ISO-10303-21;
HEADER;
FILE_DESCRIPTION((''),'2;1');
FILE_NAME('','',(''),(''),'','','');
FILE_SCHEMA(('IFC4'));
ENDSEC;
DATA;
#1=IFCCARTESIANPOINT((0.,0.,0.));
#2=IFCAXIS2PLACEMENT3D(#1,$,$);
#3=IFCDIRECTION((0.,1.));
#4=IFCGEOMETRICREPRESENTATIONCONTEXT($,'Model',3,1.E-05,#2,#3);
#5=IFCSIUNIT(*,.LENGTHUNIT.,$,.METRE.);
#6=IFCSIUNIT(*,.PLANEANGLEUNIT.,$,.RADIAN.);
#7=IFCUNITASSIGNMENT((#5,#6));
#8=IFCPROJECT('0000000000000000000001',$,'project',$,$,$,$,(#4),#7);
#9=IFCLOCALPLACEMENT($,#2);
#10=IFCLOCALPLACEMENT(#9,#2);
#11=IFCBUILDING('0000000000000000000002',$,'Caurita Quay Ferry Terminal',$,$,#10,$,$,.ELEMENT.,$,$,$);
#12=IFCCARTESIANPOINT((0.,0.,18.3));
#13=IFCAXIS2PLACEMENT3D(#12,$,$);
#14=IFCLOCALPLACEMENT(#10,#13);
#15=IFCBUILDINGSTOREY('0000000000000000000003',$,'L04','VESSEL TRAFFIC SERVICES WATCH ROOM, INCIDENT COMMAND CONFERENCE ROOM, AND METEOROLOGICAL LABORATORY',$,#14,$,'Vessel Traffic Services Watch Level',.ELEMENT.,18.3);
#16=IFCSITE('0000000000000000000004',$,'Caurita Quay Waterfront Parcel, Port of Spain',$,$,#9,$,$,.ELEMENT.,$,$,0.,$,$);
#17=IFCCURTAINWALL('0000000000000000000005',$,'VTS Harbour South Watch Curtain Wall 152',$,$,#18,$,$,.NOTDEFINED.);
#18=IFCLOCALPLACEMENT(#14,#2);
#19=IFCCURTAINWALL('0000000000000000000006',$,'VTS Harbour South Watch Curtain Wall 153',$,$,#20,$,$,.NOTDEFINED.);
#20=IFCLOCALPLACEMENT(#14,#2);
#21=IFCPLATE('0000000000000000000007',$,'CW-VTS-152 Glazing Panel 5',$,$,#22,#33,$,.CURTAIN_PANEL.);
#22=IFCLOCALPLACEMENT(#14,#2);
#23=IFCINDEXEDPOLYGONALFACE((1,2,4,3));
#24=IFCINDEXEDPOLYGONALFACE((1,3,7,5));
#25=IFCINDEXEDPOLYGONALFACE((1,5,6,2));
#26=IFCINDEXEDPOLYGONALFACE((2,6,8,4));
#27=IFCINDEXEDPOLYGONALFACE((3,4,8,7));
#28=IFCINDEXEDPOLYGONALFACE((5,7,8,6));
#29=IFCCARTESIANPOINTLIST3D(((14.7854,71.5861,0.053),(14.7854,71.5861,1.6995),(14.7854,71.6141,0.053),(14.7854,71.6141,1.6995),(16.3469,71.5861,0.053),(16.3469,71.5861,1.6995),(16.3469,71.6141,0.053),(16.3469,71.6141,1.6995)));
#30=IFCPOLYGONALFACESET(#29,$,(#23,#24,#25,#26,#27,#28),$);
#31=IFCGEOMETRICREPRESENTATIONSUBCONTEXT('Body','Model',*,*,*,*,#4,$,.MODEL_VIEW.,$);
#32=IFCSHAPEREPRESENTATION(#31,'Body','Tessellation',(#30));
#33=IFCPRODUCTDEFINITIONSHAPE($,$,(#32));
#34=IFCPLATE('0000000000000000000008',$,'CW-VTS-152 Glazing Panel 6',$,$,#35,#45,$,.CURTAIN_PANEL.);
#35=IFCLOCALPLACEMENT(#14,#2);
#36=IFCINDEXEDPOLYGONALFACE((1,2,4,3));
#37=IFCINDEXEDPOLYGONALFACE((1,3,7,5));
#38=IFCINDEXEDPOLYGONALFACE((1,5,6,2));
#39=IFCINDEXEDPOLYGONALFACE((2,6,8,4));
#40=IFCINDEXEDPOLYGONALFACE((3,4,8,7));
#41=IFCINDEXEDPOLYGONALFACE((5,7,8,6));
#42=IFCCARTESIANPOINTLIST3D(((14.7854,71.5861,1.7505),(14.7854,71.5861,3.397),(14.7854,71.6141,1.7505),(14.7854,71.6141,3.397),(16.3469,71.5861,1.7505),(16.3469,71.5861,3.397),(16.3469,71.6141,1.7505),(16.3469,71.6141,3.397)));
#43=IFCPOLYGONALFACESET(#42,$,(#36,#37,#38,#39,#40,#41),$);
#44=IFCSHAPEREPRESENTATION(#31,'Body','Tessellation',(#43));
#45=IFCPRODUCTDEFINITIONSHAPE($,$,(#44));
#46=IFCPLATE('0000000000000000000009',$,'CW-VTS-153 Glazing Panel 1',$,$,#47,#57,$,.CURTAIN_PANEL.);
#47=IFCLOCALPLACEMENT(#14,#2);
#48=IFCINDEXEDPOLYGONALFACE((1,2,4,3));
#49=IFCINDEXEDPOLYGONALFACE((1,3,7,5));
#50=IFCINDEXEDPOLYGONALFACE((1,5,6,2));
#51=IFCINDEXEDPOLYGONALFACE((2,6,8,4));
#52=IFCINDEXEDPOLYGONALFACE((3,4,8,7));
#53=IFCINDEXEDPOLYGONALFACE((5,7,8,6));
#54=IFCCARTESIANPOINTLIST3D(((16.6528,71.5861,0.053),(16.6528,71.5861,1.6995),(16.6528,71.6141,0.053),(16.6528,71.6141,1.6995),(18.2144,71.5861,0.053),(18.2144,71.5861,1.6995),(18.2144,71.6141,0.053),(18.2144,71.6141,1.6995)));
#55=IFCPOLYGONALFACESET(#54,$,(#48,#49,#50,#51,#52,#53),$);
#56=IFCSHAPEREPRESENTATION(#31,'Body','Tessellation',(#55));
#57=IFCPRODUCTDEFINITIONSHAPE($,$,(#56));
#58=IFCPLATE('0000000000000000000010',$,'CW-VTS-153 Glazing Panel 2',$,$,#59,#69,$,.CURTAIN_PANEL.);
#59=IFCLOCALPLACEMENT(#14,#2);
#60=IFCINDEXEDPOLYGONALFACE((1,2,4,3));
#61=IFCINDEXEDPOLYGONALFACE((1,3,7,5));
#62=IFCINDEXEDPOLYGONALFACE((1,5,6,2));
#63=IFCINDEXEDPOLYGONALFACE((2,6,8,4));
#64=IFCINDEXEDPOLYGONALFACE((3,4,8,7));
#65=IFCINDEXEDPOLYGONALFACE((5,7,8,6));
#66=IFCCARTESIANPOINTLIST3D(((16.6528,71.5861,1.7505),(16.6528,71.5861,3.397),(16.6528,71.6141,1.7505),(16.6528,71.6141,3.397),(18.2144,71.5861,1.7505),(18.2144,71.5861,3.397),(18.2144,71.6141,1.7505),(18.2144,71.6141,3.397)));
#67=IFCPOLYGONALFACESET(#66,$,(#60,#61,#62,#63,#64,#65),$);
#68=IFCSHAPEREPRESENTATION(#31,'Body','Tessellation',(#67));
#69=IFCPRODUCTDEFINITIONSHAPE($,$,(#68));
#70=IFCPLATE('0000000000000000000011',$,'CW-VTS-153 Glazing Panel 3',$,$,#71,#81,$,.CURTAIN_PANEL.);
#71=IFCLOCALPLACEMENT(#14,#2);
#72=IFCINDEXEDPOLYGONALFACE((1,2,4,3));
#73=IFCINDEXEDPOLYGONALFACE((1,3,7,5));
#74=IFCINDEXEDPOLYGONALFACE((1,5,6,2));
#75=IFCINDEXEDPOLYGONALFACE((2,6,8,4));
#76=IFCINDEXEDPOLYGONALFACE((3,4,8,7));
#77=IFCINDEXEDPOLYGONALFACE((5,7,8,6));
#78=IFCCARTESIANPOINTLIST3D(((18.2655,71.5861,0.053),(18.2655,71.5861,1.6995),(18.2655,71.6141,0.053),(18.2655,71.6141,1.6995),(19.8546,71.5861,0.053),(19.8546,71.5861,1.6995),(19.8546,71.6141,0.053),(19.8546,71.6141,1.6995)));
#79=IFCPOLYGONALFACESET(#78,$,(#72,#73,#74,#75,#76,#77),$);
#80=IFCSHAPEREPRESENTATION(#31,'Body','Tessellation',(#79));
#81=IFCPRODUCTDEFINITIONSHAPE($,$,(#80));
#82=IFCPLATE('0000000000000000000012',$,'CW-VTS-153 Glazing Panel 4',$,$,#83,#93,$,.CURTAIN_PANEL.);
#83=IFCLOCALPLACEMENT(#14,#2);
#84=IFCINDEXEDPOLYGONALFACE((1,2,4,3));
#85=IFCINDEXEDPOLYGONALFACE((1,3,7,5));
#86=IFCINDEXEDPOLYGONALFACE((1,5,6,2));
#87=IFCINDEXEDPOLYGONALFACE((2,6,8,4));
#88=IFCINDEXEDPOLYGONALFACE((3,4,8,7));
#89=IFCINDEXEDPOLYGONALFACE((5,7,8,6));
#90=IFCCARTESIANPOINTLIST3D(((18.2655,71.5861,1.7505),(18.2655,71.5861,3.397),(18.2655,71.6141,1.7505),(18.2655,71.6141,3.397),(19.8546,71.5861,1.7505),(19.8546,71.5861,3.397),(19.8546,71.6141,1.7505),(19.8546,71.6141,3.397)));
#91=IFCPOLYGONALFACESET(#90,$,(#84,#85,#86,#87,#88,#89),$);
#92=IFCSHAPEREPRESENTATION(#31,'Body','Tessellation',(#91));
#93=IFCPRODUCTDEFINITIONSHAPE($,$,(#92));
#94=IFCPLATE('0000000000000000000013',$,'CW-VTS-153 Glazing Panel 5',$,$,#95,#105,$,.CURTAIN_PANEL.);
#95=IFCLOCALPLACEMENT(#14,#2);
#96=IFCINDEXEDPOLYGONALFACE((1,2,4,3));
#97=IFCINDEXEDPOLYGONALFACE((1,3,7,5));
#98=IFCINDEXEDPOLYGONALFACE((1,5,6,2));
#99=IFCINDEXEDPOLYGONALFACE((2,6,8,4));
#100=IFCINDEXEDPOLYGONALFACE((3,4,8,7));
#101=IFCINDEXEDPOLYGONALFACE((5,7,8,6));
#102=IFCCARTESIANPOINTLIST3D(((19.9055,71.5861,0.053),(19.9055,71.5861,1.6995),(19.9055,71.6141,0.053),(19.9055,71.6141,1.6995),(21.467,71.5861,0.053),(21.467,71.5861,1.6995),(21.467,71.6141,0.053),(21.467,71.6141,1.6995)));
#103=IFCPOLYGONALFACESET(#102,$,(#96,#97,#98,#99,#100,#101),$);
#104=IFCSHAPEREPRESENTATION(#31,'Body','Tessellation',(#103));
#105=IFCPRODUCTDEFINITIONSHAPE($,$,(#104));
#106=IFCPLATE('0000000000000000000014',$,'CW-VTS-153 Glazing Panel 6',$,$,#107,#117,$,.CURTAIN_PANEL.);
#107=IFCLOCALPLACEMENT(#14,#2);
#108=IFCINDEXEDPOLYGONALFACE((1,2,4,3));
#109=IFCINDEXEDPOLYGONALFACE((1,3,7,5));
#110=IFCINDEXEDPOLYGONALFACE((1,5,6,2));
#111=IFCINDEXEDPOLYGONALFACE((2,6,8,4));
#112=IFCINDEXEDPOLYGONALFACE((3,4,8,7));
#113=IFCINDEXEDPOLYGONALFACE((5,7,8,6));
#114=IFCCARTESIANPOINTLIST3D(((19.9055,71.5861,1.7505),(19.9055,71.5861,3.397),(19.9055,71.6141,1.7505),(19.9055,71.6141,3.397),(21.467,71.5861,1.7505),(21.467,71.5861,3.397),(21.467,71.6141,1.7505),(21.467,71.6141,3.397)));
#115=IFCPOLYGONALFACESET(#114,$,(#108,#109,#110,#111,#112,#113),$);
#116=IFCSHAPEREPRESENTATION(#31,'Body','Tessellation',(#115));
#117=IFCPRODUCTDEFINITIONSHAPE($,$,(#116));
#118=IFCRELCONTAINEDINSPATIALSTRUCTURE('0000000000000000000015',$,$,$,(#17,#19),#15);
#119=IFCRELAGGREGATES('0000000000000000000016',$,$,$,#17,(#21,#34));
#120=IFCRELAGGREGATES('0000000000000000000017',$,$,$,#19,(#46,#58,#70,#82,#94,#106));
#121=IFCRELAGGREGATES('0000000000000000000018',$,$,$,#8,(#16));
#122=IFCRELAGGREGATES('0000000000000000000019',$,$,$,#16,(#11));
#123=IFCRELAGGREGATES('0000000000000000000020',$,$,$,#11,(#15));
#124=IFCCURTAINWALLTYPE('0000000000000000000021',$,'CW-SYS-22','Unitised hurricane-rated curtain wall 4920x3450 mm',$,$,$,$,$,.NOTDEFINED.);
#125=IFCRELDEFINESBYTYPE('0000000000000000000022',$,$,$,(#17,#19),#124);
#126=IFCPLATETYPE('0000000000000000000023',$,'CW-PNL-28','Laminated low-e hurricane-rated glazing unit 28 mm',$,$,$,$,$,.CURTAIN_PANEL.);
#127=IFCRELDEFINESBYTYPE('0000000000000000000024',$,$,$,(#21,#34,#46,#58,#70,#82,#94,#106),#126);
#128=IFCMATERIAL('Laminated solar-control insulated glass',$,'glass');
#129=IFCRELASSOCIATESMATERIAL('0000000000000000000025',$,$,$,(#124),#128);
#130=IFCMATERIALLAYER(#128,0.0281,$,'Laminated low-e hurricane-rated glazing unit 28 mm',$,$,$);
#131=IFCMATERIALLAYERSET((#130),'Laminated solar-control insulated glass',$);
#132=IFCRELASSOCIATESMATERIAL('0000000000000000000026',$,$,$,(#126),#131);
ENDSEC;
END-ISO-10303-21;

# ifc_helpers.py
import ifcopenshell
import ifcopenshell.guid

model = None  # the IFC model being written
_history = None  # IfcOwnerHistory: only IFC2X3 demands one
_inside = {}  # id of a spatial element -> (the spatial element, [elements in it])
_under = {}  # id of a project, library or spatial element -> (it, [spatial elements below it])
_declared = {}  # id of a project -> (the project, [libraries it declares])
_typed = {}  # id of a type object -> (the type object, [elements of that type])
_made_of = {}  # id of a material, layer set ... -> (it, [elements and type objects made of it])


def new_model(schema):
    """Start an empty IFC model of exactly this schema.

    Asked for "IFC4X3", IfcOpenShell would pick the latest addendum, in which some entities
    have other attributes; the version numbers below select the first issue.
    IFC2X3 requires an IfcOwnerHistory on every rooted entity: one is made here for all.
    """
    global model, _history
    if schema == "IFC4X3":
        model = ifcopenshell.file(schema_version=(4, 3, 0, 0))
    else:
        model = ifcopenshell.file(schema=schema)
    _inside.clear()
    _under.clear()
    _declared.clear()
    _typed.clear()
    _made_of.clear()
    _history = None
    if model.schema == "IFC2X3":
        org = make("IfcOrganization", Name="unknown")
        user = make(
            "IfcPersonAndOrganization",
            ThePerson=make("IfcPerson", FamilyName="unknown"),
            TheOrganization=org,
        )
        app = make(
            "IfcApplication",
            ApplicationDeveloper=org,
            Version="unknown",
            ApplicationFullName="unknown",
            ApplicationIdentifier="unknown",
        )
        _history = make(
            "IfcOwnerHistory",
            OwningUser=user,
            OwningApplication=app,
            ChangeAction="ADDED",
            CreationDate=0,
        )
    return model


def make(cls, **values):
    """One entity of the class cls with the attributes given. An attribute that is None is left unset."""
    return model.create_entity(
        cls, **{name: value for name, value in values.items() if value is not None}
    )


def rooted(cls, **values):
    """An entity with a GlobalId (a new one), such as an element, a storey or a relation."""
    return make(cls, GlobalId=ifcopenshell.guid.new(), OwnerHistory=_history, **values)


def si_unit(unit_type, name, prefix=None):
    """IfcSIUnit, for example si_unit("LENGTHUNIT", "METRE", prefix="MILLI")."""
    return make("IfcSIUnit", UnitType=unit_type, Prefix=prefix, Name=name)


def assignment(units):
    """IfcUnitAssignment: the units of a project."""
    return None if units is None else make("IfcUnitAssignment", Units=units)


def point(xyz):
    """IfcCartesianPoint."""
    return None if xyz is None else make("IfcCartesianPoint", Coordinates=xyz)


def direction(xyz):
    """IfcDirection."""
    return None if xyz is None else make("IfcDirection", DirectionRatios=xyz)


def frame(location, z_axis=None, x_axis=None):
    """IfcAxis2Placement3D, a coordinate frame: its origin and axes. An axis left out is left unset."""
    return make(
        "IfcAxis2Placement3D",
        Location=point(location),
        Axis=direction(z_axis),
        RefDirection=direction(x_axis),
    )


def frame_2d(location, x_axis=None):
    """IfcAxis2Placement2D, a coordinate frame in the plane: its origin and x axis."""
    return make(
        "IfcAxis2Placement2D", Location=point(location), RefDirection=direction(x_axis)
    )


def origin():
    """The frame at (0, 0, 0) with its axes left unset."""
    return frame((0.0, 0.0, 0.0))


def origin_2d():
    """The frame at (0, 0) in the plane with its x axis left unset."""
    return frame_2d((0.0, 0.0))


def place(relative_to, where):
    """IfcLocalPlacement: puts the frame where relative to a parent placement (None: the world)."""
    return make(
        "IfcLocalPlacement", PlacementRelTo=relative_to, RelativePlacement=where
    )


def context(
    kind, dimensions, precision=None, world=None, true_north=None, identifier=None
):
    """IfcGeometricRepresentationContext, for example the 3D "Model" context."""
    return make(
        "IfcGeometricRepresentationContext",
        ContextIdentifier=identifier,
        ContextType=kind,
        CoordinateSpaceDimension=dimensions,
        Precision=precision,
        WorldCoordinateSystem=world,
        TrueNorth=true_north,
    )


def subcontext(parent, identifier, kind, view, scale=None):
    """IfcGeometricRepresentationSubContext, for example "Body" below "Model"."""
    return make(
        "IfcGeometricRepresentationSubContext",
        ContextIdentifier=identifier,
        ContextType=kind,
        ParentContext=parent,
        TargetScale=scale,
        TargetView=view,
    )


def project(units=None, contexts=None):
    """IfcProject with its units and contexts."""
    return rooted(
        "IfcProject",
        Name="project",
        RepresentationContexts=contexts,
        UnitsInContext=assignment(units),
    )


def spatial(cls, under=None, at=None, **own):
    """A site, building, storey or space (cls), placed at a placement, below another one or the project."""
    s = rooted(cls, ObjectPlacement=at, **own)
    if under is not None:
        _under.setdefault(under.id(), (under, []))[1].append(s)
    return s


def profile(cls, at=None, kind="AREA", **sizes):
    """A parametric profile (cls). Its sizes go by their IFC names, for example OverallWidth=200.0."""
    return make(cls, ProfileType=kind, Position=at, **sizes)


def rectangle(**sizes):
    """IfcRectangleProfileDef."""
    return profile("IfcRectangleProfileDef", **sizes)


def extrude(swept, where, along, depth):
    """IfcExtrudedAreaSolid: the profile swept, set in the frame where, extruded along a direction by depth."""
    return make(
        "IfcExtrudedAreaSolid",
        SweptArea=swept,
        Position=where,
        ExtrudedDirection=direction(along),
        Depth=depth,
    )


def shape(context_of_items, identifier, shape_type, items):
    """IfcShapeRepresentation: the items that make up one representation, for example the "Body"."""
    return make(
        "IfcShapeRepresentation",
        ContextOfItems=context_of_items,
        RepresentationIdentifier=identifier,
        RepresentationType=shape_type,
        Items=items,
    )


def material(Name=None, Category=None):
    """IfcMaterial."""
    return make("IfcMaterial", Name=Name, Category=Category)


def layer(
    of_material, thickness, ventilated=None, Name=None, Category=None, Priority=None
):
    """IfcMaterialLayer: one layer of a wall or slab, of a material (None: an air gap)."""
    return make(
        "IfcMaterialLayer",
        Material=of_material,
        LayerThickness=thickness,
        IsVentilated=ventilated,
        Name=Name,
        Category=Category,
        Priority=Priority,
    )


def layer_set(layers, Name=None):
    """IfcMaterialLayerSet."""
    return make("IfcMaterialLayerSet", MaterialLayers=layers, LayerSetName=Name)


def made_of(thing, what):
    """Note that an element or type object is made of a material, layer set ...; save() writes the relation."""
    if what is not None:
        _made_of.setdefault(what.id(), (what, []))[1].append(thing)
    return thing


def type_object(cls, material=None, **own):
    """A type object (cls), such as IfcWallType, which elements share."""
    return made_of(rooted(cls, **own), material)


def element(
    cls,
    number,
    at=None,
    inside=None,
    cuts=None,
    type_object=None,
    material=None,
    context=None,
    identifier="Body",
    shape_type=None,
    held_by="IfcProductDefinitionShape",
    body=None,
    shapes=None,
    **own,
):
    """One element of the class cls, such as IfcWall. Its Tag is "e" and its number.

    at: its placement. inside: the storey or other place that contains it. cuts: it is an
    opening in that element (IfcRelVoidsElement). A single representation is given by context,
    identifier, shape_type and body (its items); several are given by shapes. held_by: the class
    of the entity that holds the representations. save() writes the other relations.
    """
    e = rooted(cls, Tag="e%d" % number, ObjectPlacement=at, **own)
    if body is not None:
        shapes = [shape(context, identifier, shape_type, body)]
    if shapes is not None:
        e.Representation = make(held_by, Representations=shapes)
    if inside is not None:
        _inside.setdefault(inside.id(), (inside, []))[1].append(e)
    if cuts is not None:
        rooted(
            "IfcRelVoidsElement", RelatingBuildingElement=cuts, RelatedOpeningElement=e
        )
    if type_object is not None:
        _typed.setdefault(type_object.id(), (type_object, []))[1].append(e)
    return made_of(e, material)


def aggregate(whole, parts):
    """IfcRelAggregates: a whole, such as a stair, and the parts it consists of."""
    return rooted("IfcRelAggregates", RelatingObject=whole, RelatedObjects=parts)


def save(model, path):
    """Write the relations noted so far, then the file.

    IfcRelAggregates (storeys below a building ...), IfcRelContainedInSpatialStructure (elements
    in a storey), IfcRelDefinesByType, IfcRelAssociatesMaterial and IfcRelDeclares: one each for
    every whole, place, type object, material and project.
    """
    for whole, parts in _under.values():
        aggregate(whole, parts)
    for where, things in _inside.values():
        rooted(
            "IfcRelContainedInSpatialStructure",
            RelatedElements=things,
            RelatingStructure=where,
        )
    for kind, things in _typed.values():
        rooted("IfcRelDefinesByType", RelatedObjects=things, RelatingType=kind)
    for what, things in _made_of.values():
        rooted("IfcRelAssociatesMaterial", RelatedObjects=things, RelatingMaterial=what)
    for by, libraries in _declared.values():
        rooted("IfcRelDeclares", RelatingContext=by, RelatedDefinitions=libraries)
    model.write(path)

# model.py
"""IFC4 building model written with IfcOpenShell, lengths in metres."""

from ifc_helpers import new_model, si_unit, direction, frame, origin, origin_2d, place, context, subcontext, project, spatial, rectangle, extrude, material, layer, layer_set, type_object, element, aggregate, save


model = new_model("IFC4")

# Units and contexts
model_context = context("Model", 3, precision=1e-05, world=origin(), true_north=direction((0.0, 1.0)))
body_context = subcontext(model_context, "Body", "Model", "MODEL_VIEW")
ifc_project = project(units=[si_unit("LENGTHUNIT", "METRE"), si_unit("PLANEANGLEUNIT", "RADIAN")], contexts=[model_context])

# Site, building, storey
site_placement = place(None, origin())
site = spatial("IfcSite", under=ifc_project, at=site_placement, Name="Caurita Quay Waterfront Parcel, Port of Spain", CompositionType="ELEMENT", RefElevation=0.0)
building_placement = place(site_placement, origin())
building = spatial("IfcBuilding", under=site, at=building_placement, Name="Caurita Quay Ferry Terminal", CompositionType="ELEMENT")
storey_placement = place(building_placement, frame((0.0, 0.0, 18.3)))
storey = spatial("IfcBuildingStorey", under=building, at=storey_placement, Name="L04", Description="VESSEL TRAFFIC SERVICES WATCH ROOM, INCIDENT COMMAND CONFERENCE ROOM, AND METEOROLOGICAL LABORATORY", LongName="Vessel Traffic Services Watch Level", CompositionType="ELEMENT", Elevation=18.3)

# Curtain walls
ifc_material_1 = material(Name="Laminated solar-control insulated glass", Category="glass")
curtain_wall_type = type_object("IfcCurtainWallType", Name="CW-SYS-22", Description="Unitised hurricane-rated curtain wall 4920x3450 mm", PredefinedType="NOTDEFINED", material=ifc_material_1)
curtain_wall_1_placement = place(storey_placement, origin())
curtain_wall_1 = element("IfcCurtainWall", 1, at=curtain_wall_1_placement, inside=storey, type_object=curtain_wall_type, Name="VTS Harbour South Watch Curtain Wall 152", PredefinedType="NOTDEFINED")
curtain_wall_2_placement = place(storey_placement, origin())
curtain_wall_2 = element("IfcCurtainWall", 2, at=curtain_wall_2_placement, inside=storey, type_object=curtain_wall_type, Name="VTS Harbour South Watch Curtain Wall 153", PredefinedType="NOTDEFINED")

# Plates
ifc_layer = layer(ifc_material_1, 0.0281, Name="Laminated low-e hurricane-rated glazing unit 28 mm")
ifc_layer_set = layer_set([ifc_layer], Name="Laminated solar-control insulated glass")
plate_type = type_object("IfcPlateType", Name="CW-PNL-28", Description="Laminated low-e hurricane-rated glazing unit 28 mm", PredefinedType="CURTAIN_PANEL", material=ifc_layer_set)
plate_1_placement = place(storey_placement, frame((15.5662, 71.6001, 0.053), z_axis=(0.0, 0.0, 1.0), x_axis=(1.0, 0.0, 0.0)))
plate_1 = element("IfcPlate", 3, at=plate_1_placement, type_object=plate_type, Name="CW-VTS-152 Glazing Panel 5", PredefinedType="CURTAIN_PANEL", context=body_context, shape_type="SweptSolid", body=[
    extrude(rectangle(XDim=1.5615, YDim=0.0281, at=origin_2d()), origin(), (0.0, 0.0, 1.0), 1.6465),
])
plate_2_placement = place(storey_placement, frame((15.5662, 71.6001, 1.7505), z_axis=(0.0, 0.0, 1.0), x_axis=(1.0, 0.0, 0.0)))
plate_2 = element("IfcPlate", 4, at=plate_2_placement, type_object=plate_type, Name="CW-VTS-152 Glazing Panel 6", PredefinedType="CURTAIN_PANEL", context=body_context, shape_type="SweptSolid", body=[
    extrude(rectangle(XDim=1.5615, YDim=0.0281, at=origin_2d()), origin(), (0.0, 0.0, 1.0), 1.6465),
])
aggregate(curtain_wall_1, [plate_1, plate_2])
plate_3_placement = place(storey_placement, frame((17.4336, 71.6001, 0.053), z_axis=(0.0, 0.0, 1.0), x_axis=(1.0, 0.0, 0.0)))
plate_3 = element("IfcPlate", 5, at=plate_3_placement, type_object=plate_type, Name="CW-VTS-153 Glazing Panel 1", PredefinedType="CURTAIN_PANEL", context=body_context, shape_type="SweptSolid", body=[
    extrude(rectangle(XDim=1.5615, YDim=0.0281, at=origin_2d()), origin(), (0.0, 0.0, 1.0), 1.6465),
])
plate_4_placement = place(storey_placement, frame((17.4336, 71.6001, 1.7505), z_axis=(0.0, 0.0, 1.0), x_axis=(1.0, 0.0, 0.0)))
plate_4 = element("IfcPlate", 6, at=plate_4_placement, type_object=plate_type, Name="CW-VTS-153 Glazing Panel 2", PredefinedType="CURTAIN_PANEL", context=body_context, shape_type="SweptSolid", body=[
    extrude(rectangle(XDim=1.5615, YDim=0.0281, at=origin_2d()), origin(), (0.0, 0.0, 1.0), 1.6465),
])
plate_5_placement = place(storey_placement, frame((19.0601, 71.6001, 0.053), z_axis=(0.0, 0.0, 1.0), x_axis=(1.0, 0.0, 0.0)))
plate_5 = element("IfcPlate", 7, at=plate_5_placement, type_object=plate_type, Name="CW-VTS-153 Glazing Panel 3", PredefinedType="CURTAIN_PANEL", context=body_context, shape_type="SweptSolid", body=[
    extrude(rectangle(XDim=1.5891, YDim=0.0281, at=origin_2d()), origin(), (0.0, 0.0, 1.0), 1.6465),
])
plate_6_placement = place(storey_placement, frame((19.0601, 71.6001, 1.7505), z_axis=(0.0, 0.0, 1.0), x_axis=(1.0, 0.0, 0.0)))
plate_6 = element("IfcPlate", 8, at=plate_6_placement, type_object=plate_type, Name="CW-VTS-153 Glazing Panel 4", PredefinedType="CURTAIN_PANEL", context=body_context, shape_type="SweptSolid", body=[
    extrude(rectangle(XDim=1.5891, YDim=0.0281, at=origin_2d()), origin(), (0.0, 0.0, 1.0), 1.6465),
])
plate_7_placement = place(storey_placement, frame((20.6863, 71.6001, 0.053), z_axis=(0.0, 0.0, 1.0), x_axis=(1.0, 0.0, 0.0)))
plate_7 = element("IfcPlate", 9, at=plate_7_placement, type_object=plate_type, Name="CW-VTS-153 Glazing Panel 5", PredefinedType="CURTAIN_PANEL", context=body_context, shape_type="SweptSolid", body=[
    extrude(rectangle(XDim=1.5615, YDim=0.0281, at=origin_2d()), origin(), (0.0, 0.0, 1.0), 1.6465),
])
plate_8_placement = place(storey_placement, frame((20.6863, 71.6001, 1.7505), z_axis=(0.0, 0.0, 1.0), x_axis=(1.0, 0.0, 0.0)))
plate_8 = element("IfcPlate", 10, at=plate_8_placement, type_object=plate_type, Name="CW-VTS-153 Glazing Panel 6", PredefinedType="CURTAIN_PANEL", context=body_context, shape_type="SweptSolid", body=[
    extrude(rectangle(XDim=1.5615, YDim=0.0281, at=origin_2d()), origin(), (0.0, 0.0, 1.0), 1.6465),
])
aggregate(curtain_wall_2, [plate_3, plate_4, plate_5, plate_6, plate_7, plate_8])

save(model, "model.ifc")
